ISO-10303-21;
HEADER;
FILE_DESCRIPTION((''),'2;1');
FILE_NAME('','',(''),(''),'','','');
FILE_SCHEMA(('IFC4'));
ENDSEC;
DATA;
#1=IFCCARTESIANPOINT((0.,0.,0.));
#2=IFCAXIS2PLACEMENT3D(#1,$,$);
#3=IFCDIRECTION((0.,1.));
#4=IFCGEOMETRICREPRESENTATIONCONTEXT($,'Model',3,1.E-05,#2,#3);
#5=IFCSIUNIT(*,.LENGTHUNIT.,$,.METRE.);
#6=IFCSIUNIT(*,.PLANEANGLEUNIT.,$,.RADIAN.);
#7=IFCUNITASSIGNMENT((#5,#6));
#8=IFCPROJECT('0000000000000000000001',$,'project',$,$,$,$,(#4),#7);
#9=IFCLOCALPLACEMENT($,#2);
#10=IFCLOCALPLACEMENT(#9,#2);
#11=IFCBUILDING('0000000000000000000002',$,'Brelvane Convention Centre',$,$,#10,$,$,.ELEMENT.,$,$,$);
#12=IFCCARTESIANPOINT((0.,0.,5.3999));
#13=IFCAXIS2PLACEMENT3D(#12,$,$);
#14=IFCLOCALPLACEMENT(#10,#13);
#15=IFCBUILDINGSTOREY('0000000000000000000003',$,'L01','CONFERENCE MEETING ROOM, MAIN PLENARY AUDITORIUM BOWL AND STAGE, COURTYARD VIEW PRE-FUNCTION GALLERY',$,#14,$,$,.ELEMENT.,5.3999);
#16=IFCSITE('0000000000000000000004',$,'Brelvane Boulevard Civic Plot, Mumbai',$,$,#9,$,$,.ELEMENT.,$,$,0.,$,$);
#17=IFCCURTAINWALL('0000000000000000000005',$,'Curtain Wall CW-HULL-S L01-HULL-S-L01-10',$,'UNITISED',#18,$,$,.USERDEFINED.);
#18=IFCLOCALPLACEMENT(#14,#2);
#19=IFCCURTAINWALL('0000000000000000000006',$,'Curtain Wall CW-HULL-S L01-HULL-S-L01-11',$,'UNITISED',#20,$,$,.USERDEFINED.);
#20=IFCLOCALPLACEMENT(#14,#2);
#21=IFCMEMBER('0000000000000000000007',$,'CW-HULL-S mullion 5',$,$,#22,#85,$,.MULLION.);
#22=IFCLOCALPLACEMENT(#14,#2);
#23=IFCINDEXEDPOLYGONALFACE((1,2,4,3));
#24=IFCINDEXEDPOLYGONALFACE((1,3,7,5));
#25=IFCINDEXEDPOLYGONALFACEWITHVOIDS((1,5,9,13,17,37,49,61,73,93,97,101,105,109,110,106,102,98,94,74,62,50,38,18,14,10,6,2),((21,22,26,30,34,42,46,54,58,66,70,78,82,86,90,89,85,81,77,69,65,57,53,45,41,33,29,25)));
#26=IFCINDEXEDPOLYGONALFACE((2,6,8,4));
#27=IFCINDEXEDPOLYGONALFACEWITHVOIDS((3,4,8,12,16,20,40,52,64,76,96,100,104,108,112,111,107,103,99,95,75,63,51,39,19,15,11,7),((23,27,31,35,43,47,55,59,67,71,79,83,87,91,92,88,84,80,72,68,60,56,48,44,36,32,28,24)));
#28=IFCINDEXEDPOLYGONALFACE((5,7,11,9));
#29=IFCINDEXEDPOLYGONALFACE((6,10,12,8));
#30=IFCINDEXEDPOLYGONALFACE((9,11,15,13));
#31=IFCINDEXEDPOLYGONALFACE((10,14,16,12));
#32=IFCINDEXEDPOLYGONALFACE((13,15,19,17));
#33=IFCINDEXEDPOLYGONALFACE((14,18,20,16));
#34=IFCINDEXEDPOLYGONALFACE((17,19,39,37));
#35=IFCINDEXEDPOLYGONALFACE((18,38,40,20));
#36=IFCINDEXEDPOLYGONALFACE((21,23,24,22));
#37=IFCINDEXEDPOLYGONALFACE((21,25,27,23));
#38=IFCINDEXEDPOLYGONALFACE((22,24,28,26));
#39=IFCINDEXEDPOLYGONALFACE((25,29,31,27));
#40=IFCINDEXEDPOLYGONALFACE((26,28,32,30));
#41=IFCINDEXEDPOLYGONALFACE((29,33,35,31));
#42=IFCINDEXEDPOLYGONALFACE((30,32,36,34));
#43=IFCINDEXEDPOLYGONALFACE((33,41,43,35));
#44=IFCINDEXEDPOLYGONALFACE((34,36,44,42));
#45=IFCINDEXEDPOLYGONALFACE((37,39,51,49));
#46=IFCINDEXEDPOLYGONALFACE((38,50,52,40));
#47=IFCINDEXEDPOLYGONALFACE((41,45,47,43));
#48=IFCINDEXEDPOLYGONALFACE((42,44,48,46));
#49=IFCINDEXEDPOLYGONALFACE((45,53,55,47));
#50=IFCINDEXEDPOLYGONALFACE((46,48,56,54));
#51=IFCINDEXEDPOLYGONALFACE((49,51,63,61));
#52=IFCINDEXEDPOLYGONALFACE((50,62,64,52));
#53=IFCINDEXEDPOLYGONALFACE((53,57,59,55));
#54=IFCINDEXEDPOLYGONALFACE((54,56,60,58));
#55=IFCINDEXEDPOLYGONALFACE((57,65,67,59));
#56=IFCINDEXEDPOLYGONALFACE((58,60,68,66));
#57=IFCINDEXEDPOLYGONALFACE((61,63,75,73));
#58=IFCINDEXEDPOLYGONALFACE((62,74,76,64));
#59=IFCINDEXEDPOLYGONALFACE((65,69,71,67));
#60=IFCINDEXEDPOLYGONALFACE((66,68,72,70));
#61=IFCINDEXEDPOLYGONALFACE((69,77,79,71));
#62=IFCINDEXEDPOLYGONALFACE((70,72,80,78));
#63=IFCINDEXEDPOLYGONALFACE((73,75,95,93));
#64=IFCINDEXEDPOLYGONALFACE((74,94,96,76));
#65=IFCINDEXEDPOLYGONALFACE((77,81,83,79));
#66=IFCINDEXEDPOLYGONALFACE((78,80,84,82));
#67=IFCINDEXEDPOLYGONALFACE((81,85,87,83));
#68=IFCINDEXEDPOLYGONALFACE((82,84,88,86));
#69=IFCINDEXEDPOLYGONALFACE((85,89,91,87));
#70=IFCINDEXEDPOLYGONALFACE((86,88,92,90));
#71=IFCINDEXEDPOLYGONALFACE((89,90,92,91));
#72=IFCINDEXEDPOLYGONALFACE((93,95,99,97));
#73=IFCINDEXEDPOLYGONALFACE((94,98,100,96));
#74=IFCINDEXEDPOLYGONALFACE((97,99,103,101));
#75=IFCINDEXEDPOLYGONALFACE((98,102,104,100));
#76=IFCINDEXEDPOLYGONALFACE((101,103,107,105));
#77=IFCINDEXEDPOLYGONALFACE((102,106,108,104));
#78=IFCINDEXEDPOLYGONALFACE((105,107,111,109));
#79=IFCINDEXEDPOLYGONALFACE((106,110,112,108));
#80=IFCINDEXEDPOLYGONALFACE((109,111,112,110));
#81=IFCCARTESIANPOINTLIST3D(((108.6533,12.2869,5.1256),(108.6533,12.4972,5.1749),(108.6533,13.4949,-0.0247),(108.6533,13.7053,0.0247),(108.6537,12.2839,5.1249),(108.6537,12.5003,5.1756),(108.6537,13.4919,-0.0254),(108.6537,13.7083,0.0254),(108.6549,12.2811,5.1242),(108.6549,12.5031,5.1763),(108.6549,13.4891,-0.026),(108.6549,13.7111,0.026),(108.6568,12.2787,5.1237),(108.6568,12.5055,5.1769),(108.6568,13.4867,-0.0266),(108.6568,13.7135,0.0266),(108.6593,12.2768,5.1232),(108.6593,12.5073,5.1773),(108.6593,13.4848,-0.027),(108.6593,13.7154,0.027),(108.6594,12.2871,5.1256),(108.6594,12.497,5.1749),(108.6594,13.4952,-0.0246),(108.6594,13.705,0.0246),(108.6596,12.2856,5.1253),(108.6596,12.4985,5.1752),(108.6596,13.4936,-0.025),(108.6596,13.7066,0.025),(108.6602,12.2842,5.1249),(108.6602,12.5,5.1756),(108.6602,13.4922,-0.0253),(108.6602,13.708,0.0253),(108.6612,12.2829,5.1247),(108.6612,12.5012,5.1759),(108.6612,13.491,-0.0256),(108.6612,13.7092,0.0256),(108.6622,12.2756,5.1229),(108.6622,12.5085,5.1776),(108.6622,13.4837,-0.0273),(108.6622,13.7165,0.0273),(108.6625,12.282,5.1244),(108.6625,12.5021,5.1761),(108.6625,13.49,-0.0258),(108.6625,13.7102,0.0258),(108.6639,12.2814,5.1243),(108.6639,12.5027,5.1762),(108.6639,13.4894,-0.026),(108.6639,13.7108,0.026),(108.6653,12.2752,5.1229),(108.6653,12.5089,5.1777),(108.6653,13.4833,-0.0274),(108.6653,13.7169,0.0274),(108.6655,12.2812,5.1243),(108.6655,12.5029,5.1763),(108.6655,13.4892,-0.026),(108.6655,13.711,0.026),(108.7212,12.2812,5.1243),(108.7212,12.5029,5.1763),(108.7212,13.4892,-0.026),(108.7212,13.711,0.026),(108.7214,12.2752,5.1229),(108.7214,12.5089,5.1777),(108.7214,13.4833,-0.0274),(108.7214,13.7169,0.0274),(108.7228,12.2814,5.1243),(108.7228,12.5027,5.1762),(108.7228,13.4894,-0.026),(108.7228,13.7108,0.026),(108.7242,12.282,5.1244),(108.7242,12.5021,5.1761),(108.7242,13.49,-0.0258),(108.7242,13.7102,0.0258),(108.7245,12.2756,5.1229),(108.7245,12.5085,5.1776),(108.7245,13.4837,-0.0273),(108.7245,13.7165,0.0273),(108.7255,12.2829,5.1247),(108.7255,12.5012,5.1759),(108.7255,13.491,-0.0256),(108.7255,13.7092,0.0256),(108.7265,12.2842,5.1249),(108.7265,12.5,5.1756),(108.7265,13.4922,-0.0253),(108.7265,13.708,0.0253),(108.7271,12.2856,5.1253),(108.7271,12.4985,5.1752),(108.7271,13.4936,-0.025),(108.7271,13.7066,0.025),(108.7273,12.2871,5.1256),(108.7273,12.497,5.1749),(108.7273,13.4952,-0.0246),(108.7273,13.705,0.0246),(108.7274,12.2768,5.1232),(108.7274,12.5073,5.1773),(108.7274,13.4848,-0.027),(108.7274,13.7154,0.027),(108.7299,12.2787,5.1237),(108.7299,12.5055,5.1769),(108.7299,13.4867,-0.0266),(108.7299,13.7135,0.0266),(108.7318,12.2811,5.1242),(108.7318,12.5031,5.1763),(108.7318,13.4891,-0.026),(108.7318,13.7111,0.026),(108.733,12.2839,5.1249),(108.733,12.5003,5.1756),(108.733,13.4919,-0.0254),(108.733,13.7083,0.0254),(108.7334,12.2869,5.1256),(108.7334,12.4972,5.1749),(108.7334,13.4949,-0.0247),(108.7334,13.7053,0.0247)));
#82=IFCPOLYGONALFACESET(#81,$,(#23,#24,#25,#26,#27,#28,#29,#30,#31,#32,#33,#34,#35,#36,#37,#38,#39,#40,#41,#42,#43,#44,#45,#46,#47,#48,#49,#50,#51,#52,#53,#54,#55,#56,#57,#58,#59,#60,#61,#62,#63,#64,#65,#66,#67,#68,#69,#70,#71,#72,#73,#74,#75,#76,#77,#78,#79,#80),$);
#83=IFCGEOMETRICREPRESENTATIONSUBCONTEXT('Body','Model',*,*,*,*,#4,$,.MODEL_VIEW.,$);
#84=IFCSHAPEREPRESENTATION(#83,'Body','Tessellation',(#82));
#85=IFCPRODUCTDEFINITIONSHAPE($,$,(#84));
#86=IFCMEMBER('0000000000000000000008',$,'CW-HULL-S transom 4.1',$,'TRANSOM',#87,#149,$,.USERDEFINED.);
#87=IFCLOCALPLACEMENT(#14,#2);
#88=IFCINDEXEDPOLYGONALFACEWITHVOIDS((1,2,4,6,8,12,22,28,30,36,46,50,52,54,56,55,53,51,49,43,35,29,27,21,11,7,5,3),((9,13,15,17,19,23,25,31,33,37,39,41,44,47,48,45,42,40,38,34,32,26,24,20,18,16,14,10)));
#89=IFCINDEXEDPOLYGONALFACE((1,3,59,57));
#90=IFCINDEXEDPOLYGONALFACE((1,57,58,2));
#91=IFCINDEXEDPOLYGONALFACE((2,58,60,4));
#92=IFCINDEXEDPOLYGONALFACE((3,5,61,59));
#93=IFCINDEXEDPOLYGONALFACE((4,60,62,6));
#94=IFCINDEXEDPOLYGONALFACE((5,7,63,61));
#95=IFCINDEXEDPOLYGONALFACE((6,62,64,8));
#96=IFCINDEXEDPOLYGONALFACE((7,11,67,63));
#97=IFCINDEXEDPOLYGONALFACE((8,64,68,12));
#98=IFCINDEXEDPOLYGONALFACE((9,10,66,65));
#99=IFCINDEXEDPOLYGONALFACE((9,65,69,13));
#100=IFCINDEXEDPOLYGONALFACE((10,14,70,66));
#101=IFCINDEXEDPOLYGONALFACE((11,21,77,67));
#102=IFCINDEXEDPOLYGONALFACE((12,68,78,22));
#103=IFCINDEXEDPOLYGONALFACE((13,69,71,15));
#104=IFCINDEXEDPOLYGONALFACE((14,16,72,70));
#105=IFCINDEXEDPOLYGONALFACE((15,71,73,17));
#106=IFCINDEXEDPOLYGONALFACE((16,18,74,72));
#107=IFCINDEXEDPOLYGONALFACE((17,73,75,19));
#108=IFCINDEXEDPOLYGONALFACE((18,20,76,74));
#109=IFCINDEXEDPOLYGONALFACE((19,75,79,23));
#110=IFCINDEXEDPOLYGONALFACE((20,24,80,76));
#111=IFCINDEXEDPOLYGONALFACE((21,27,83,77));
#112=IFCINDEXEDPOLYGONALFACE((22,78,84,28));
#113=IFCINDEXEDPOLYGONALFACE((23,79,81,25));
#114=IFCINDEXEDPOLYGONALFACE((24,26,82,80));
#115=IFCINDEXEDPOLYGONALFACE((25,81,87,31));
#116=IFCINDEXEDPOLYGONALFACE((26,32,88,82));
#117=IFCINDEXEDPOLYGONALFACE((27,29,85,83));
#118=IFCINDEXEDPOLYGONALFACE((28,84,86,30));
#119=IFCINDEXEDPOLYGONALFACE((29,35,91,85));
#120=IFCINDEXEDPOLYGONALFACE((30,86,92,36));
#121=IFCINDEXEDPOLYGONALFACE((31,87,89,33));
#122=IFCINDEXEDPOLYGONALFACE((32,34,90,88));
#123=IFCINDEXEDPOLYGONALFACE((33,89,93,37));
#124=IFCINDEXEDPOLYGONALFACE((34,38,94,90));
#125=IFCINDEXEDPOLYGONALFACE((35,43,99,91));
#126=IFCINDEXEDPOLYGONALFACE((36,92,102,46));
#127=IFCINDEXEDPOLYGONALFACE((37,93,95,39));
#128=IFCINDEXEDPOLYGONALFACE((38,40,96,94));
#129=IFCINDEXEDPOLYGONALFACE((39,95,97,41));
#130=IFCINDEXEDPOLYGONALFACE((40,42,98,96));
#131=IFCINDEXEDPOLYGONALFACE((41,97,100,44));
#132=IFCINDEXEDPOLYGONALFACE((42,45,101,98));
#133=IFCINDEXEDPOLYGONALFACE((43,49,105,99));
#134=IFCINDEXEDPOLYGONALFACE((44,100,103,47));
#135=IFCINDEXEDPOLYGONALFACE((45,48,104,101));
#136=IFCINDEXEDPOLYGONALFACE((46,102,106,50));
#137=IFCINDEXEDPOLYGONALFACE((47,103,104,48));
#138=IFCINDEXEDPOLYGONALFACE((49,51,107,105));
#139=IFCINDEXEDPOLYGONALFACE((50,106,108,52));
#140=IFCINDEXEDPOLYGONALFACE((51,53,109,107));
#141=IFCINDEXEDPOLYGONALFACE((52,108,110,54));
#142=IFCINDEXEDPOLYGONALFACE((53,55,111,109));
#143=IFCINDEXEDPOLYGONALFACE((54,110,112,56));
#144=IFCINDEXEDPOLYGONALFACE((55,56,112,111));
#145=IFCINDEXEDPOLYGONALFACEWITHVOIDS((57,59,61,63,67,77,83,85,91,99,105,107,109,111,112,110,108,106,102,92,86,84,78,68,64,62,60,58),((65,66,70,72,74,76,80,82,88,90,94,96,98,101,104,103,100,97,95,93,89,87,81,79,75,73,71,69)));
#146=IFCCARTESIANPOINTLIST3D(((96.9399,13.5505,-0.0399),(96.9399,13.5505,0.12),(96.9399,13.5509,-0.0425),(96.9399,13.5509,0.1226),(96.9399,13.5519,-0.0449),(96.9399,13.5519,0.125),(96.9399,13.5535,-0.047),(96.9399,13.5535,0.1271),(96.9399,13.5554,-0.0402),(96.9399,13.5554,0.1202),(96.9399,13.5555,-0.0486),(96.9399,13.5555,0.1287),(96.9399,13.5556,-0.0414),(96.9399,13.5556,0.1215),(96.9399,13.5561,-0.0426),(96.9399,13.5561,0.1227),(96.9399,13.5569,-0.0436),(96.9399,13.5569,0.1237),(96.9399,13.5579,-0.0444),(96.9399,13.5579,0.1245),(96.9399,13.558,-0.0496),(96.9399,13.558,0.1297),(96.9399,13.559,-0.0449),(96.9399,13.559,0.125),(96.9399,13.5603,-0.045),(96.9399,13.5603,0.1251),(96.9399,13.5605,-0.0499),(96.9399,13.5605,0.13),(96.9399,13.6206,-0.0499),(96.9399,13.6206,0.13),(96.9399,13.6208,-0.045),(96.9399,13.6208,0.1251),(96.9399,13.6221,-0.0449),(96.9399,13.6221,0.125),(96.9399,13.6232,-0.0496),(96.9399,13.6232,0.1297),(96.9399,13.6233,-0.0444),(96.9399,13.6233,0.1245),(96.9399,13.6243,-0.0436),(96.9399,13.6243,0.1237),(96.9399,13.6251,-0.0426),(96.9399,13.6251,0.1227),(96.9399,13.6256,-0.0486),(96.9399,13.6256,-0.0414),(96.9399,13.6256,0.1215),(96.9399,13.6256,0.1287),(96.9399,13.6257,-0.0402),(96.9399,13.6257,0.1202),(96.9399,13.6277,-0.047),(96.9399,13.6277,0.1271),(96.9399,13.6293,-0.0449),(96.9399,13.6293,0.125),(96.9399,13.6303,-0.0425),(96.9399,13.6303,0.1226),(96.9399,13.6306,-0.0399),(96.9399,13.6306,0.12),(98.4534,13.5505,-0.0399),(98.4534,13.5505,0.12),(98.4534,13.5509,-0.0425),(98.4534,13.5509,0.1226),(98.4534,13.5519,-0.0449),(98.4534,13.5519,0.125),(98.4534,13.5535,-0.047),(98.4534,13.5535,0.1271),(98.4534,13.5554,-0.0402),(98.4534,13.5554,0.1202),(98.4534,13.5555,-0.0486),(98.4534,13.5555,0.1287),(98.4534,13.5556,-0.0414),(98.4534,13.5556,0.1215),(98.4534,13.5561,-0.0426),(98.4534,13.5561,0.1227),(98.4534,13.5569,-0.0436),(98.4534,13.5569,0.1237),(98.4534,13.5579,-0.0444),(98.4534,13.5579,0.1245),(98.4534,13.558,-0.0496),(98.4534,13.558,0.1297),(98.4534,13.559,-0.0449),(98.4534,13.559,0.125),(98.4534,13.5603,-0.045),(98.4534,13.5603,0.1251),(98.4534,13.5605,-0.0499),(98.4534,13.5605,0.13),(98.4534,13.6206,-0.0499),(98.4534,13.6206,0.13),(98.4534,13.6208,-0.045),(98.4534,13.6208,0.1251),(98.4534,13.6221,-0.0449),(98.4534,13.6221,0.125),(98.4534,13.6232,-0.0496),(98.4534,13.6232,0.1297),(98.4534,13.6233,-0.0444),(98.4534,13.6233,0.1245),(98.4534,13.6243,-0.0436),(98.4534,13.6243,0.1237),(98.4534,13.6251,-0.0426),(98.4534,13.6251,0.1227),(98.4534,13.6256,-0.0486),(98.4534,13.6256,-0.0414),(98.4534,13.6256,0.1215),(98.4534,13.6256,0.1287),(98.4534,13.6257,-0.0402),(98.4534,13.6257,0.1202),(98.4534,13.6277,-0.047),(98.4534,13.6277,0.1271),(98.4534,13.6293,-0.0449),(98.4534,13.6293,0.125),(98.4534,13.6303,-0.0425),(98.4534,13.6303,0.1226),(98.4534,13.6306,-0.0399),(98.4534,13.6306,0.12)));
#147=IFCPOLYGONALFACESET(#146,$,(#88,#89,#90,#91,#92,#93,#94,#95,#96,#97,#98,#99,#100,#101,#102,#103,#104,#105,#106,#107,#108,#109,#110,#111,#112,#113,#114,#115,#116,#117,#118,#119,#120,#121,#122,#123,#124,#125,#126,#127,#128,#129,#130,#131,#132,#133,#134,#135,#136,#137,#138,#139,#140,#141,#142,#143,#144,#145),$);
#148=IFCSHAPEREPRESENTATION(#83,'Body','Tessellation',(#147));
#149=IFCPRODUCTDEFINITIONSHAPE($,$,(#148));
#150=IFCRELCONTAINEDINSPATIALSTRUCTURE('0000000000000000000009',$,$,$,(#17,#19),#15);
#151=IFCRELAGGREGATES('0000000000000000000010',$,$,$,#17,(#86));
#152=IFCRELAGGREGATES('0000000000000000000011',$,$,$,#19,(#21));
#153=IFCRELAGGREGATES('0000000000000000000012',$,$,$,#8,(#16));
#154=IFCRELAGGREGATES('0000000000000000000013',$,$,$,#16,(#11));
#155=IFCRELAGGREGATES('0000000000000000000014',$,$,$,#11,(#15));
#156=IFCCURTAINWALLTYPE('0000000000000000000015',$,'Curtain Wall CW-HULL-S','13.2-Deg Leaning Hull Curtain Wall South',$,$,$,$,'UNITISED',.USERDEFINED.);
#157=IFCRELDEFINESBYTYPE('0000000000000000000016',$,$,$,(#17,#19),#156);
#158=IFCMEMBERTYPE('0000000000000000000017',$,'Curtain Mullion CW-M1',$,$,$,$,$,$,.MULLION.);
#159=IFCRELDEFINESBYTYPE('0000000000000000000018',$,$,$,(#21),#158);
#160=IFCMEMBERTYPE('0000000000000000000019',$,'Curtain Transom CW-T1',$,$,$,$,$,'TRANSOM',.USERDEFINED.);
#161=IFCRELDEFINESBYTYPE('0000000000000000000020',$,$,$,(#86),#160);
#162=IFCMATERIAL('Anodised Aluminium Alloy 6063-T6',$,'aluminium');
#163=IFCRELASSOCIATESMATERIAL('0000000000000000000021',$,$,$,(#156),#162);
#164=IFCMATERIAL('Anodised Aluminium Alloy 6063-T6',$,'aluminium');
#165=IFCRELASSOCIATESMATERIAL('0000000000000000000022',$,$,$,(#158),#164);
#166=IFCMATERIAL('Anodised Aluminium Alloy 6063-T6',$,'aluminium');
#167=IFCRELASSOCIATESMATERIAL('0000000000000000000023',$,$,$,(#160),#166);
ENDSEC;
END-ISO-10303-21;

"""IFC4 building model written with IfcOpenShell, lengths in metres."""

from ifc_helpers import new_model, si_unit, direction, frame, origin, origin_2d, place, context, subcontext, project, spatial, hollow_rectangle, extrude, material, material_profile, profile_set, type_object, element, aggregate, save


model = new_model("IFC4")

# Units and contexts
model_context = context("Model", 3, precision=1e-05, world=origin(), true_north=direction((0.0, 1.0)))
body_context = subcontext(model_context, "Body", "Model", "MODEL_VIEW")
ifc_project = project(units=[si_unit("LENGTHUNIT", "METRE"), si_unit("PLANEANGLEUNIT", "RADIAN")], contexts=[model_context])

# Site, building, storey
site_placement = place(None, origin())
site = spatial("IfcSite", under=ifc_project, at=site_placement, Name="Brelvane Boulevard Civic Plot, Mumbai", CompositionType="ELEMENT", RefElevation=0.0)
building_placement = place(site_placement, origin())
building = spatial("IfcBuilding", under=site, at=building_placement, Name="Brelvane Convention Centre", CompositionType="ELEMENT")
storey_placement = place(building_placement, frame((0.0, 0.0, 5.3999)))
storey = spatial("IfcBuildingStorey", under=building, at=storey_placement, Name="L01", Description="CONFERENCE MEETING ROOM, MAIN PLENARY AUDITORIUM BOWL AND STAGE, COURTYARD VIEW PRE-FUNCTION GALLERY", CompositionType="ELEMENT", Elevation=5.3999)

# Curtain walls, member
ifc_material_1 = material(Name="Anodised Aluminium Alloy 6063-T6", Category="aluminium")
curtain_wall_type = type_object("IfcCurtainWallType", Name="Curtain Wall CW-HULL-S", Description="13.2-Deg Leaning Hull Curtain Wall South", ElementType="UNITISED", PredefinedType="USERDEFINED", material=ifc_material_1)
curtain_wall_1_placement = place(storey_placement, origin())
curtain_wall_1 = element("IfcCurtainWall", 1, at=curtain_wall_1_placement, inside=storey, type_object=curtain_wall_type, Name="Curtain Wall CW-HULL-S L01-HULL-S-L01-10", ObjectType="UNITISED", PredefinedType="USERDEFINED")
ifc_material_2 = material(Name="Anodised Aluminium Alloy 6063-T6", Category="aluminium")
ifc_material_profile_1 = material_profile(ifc_material_2, hollow_rectangle(XDim=0.0801, YDim=0.24, WallThickness=0.0061, InnerFilletRadius=0.0061, OuterFilletRadius=0.012, at=origin_2d()), Name="ALU-M 240x80x6.0")
ifc_profile_set_1 = profile_set([ifc_material_profile_1], Name="Anodised Aluminium Alloy 6063-T6")
member_type_1 = type_object("IfcMemberType", Name="Curtain Mullion CW-M1", PredefinedType="MULLION", material=ifc_profile_set_1)
curtain_wall_2_placement = place(storey_placement, origin())
curtain_wall_2 = element("IfcCurtainWall", 2, at=curtain_wall_2_placement, inside=storey, type_object=curtain_wall_type, Name="Curtain Wall CW-HULL-S L01-HULL-S-L01-11", ObjectType="UNITISED", PredefinedType="USERDEFINED")
member_1_placement = place(storey_placement, frame((108.6934, 13.6001, 0.0), z_axis=(0.0, -0.22836, 0.973577), x_axis=(1.0, 0.0, 0.0)))
member_1 = element("IfcMember", 3, at=member_1_placement, type_object=member_type_1, Name="CW-HULL-S mullion 5", PredefinedType="MULLION", context=body_context, shape_type="SweptSolid", body=[
    extrude(hollow_rectangle(XDim=0.0801, YDim=0.24, WallThickness=0.0061, InnerFilletRadius=0.0061, OuterFilletRadius=0.012, at=origin_2d()), origin(), (0.0, 0.0, 1.0), 5.29),
])

# Member
ifc_material_3 = material(Name="Anodised Aluminium Alloy 6063-T6", Category="aluminium")
ifc_material_profile_2 = material_profile(ifc_material_3, hollow_rectangle(XDim=0.0801, YDim=0.1799, WallThickness=0.0049, InnerFilletRadius=0.0049, OuterFilletRadius=0.01, at=origin_2d()), Name="ALU-T 180x80x5.0")
ifc_profile_set_2 = profile_set([ifc_material_profile_2], Name="Anodised Aluminium Alloy 6063-T6")
member_type_2 = type_object("IfcMemberType", Name="Curtain Transom CW-T1", ElementType="TRANSOM", PredefinedType="USERDEFINED", material=ifc_profile_set_2)
member_2_placement = place(storey_placement, frame((96.9399, 13.5906, 0.04), z_axis=(1.0, 0.0, 0.0), x_axis=(0.0, 1.0, 0.0)))
member_2 = element("IfcMember", 4, at=member_2_placement, type_object=member_type_2, Name="CW-HULL-S transom 4.1", ObjectType="TRANSOM", PredefinedType="USERDEFINED", context=body_context, shape_type="SweptSolid", body=[
    extrude(hollow_rectangle(XDim=0.0801, YDim=0.1799, WallThickness=0.0049, InnerFilletRadius=0.0049, OuterFilletRadius=0.01, at=origin_2d()), origin(), (0.0, 0.0, 1.0), 1.5134),
])

aggregate(curtain_wall_1, [member_2])
aggregate(curtain_wall_2, [member_1])

save(model, "model.ifc")
